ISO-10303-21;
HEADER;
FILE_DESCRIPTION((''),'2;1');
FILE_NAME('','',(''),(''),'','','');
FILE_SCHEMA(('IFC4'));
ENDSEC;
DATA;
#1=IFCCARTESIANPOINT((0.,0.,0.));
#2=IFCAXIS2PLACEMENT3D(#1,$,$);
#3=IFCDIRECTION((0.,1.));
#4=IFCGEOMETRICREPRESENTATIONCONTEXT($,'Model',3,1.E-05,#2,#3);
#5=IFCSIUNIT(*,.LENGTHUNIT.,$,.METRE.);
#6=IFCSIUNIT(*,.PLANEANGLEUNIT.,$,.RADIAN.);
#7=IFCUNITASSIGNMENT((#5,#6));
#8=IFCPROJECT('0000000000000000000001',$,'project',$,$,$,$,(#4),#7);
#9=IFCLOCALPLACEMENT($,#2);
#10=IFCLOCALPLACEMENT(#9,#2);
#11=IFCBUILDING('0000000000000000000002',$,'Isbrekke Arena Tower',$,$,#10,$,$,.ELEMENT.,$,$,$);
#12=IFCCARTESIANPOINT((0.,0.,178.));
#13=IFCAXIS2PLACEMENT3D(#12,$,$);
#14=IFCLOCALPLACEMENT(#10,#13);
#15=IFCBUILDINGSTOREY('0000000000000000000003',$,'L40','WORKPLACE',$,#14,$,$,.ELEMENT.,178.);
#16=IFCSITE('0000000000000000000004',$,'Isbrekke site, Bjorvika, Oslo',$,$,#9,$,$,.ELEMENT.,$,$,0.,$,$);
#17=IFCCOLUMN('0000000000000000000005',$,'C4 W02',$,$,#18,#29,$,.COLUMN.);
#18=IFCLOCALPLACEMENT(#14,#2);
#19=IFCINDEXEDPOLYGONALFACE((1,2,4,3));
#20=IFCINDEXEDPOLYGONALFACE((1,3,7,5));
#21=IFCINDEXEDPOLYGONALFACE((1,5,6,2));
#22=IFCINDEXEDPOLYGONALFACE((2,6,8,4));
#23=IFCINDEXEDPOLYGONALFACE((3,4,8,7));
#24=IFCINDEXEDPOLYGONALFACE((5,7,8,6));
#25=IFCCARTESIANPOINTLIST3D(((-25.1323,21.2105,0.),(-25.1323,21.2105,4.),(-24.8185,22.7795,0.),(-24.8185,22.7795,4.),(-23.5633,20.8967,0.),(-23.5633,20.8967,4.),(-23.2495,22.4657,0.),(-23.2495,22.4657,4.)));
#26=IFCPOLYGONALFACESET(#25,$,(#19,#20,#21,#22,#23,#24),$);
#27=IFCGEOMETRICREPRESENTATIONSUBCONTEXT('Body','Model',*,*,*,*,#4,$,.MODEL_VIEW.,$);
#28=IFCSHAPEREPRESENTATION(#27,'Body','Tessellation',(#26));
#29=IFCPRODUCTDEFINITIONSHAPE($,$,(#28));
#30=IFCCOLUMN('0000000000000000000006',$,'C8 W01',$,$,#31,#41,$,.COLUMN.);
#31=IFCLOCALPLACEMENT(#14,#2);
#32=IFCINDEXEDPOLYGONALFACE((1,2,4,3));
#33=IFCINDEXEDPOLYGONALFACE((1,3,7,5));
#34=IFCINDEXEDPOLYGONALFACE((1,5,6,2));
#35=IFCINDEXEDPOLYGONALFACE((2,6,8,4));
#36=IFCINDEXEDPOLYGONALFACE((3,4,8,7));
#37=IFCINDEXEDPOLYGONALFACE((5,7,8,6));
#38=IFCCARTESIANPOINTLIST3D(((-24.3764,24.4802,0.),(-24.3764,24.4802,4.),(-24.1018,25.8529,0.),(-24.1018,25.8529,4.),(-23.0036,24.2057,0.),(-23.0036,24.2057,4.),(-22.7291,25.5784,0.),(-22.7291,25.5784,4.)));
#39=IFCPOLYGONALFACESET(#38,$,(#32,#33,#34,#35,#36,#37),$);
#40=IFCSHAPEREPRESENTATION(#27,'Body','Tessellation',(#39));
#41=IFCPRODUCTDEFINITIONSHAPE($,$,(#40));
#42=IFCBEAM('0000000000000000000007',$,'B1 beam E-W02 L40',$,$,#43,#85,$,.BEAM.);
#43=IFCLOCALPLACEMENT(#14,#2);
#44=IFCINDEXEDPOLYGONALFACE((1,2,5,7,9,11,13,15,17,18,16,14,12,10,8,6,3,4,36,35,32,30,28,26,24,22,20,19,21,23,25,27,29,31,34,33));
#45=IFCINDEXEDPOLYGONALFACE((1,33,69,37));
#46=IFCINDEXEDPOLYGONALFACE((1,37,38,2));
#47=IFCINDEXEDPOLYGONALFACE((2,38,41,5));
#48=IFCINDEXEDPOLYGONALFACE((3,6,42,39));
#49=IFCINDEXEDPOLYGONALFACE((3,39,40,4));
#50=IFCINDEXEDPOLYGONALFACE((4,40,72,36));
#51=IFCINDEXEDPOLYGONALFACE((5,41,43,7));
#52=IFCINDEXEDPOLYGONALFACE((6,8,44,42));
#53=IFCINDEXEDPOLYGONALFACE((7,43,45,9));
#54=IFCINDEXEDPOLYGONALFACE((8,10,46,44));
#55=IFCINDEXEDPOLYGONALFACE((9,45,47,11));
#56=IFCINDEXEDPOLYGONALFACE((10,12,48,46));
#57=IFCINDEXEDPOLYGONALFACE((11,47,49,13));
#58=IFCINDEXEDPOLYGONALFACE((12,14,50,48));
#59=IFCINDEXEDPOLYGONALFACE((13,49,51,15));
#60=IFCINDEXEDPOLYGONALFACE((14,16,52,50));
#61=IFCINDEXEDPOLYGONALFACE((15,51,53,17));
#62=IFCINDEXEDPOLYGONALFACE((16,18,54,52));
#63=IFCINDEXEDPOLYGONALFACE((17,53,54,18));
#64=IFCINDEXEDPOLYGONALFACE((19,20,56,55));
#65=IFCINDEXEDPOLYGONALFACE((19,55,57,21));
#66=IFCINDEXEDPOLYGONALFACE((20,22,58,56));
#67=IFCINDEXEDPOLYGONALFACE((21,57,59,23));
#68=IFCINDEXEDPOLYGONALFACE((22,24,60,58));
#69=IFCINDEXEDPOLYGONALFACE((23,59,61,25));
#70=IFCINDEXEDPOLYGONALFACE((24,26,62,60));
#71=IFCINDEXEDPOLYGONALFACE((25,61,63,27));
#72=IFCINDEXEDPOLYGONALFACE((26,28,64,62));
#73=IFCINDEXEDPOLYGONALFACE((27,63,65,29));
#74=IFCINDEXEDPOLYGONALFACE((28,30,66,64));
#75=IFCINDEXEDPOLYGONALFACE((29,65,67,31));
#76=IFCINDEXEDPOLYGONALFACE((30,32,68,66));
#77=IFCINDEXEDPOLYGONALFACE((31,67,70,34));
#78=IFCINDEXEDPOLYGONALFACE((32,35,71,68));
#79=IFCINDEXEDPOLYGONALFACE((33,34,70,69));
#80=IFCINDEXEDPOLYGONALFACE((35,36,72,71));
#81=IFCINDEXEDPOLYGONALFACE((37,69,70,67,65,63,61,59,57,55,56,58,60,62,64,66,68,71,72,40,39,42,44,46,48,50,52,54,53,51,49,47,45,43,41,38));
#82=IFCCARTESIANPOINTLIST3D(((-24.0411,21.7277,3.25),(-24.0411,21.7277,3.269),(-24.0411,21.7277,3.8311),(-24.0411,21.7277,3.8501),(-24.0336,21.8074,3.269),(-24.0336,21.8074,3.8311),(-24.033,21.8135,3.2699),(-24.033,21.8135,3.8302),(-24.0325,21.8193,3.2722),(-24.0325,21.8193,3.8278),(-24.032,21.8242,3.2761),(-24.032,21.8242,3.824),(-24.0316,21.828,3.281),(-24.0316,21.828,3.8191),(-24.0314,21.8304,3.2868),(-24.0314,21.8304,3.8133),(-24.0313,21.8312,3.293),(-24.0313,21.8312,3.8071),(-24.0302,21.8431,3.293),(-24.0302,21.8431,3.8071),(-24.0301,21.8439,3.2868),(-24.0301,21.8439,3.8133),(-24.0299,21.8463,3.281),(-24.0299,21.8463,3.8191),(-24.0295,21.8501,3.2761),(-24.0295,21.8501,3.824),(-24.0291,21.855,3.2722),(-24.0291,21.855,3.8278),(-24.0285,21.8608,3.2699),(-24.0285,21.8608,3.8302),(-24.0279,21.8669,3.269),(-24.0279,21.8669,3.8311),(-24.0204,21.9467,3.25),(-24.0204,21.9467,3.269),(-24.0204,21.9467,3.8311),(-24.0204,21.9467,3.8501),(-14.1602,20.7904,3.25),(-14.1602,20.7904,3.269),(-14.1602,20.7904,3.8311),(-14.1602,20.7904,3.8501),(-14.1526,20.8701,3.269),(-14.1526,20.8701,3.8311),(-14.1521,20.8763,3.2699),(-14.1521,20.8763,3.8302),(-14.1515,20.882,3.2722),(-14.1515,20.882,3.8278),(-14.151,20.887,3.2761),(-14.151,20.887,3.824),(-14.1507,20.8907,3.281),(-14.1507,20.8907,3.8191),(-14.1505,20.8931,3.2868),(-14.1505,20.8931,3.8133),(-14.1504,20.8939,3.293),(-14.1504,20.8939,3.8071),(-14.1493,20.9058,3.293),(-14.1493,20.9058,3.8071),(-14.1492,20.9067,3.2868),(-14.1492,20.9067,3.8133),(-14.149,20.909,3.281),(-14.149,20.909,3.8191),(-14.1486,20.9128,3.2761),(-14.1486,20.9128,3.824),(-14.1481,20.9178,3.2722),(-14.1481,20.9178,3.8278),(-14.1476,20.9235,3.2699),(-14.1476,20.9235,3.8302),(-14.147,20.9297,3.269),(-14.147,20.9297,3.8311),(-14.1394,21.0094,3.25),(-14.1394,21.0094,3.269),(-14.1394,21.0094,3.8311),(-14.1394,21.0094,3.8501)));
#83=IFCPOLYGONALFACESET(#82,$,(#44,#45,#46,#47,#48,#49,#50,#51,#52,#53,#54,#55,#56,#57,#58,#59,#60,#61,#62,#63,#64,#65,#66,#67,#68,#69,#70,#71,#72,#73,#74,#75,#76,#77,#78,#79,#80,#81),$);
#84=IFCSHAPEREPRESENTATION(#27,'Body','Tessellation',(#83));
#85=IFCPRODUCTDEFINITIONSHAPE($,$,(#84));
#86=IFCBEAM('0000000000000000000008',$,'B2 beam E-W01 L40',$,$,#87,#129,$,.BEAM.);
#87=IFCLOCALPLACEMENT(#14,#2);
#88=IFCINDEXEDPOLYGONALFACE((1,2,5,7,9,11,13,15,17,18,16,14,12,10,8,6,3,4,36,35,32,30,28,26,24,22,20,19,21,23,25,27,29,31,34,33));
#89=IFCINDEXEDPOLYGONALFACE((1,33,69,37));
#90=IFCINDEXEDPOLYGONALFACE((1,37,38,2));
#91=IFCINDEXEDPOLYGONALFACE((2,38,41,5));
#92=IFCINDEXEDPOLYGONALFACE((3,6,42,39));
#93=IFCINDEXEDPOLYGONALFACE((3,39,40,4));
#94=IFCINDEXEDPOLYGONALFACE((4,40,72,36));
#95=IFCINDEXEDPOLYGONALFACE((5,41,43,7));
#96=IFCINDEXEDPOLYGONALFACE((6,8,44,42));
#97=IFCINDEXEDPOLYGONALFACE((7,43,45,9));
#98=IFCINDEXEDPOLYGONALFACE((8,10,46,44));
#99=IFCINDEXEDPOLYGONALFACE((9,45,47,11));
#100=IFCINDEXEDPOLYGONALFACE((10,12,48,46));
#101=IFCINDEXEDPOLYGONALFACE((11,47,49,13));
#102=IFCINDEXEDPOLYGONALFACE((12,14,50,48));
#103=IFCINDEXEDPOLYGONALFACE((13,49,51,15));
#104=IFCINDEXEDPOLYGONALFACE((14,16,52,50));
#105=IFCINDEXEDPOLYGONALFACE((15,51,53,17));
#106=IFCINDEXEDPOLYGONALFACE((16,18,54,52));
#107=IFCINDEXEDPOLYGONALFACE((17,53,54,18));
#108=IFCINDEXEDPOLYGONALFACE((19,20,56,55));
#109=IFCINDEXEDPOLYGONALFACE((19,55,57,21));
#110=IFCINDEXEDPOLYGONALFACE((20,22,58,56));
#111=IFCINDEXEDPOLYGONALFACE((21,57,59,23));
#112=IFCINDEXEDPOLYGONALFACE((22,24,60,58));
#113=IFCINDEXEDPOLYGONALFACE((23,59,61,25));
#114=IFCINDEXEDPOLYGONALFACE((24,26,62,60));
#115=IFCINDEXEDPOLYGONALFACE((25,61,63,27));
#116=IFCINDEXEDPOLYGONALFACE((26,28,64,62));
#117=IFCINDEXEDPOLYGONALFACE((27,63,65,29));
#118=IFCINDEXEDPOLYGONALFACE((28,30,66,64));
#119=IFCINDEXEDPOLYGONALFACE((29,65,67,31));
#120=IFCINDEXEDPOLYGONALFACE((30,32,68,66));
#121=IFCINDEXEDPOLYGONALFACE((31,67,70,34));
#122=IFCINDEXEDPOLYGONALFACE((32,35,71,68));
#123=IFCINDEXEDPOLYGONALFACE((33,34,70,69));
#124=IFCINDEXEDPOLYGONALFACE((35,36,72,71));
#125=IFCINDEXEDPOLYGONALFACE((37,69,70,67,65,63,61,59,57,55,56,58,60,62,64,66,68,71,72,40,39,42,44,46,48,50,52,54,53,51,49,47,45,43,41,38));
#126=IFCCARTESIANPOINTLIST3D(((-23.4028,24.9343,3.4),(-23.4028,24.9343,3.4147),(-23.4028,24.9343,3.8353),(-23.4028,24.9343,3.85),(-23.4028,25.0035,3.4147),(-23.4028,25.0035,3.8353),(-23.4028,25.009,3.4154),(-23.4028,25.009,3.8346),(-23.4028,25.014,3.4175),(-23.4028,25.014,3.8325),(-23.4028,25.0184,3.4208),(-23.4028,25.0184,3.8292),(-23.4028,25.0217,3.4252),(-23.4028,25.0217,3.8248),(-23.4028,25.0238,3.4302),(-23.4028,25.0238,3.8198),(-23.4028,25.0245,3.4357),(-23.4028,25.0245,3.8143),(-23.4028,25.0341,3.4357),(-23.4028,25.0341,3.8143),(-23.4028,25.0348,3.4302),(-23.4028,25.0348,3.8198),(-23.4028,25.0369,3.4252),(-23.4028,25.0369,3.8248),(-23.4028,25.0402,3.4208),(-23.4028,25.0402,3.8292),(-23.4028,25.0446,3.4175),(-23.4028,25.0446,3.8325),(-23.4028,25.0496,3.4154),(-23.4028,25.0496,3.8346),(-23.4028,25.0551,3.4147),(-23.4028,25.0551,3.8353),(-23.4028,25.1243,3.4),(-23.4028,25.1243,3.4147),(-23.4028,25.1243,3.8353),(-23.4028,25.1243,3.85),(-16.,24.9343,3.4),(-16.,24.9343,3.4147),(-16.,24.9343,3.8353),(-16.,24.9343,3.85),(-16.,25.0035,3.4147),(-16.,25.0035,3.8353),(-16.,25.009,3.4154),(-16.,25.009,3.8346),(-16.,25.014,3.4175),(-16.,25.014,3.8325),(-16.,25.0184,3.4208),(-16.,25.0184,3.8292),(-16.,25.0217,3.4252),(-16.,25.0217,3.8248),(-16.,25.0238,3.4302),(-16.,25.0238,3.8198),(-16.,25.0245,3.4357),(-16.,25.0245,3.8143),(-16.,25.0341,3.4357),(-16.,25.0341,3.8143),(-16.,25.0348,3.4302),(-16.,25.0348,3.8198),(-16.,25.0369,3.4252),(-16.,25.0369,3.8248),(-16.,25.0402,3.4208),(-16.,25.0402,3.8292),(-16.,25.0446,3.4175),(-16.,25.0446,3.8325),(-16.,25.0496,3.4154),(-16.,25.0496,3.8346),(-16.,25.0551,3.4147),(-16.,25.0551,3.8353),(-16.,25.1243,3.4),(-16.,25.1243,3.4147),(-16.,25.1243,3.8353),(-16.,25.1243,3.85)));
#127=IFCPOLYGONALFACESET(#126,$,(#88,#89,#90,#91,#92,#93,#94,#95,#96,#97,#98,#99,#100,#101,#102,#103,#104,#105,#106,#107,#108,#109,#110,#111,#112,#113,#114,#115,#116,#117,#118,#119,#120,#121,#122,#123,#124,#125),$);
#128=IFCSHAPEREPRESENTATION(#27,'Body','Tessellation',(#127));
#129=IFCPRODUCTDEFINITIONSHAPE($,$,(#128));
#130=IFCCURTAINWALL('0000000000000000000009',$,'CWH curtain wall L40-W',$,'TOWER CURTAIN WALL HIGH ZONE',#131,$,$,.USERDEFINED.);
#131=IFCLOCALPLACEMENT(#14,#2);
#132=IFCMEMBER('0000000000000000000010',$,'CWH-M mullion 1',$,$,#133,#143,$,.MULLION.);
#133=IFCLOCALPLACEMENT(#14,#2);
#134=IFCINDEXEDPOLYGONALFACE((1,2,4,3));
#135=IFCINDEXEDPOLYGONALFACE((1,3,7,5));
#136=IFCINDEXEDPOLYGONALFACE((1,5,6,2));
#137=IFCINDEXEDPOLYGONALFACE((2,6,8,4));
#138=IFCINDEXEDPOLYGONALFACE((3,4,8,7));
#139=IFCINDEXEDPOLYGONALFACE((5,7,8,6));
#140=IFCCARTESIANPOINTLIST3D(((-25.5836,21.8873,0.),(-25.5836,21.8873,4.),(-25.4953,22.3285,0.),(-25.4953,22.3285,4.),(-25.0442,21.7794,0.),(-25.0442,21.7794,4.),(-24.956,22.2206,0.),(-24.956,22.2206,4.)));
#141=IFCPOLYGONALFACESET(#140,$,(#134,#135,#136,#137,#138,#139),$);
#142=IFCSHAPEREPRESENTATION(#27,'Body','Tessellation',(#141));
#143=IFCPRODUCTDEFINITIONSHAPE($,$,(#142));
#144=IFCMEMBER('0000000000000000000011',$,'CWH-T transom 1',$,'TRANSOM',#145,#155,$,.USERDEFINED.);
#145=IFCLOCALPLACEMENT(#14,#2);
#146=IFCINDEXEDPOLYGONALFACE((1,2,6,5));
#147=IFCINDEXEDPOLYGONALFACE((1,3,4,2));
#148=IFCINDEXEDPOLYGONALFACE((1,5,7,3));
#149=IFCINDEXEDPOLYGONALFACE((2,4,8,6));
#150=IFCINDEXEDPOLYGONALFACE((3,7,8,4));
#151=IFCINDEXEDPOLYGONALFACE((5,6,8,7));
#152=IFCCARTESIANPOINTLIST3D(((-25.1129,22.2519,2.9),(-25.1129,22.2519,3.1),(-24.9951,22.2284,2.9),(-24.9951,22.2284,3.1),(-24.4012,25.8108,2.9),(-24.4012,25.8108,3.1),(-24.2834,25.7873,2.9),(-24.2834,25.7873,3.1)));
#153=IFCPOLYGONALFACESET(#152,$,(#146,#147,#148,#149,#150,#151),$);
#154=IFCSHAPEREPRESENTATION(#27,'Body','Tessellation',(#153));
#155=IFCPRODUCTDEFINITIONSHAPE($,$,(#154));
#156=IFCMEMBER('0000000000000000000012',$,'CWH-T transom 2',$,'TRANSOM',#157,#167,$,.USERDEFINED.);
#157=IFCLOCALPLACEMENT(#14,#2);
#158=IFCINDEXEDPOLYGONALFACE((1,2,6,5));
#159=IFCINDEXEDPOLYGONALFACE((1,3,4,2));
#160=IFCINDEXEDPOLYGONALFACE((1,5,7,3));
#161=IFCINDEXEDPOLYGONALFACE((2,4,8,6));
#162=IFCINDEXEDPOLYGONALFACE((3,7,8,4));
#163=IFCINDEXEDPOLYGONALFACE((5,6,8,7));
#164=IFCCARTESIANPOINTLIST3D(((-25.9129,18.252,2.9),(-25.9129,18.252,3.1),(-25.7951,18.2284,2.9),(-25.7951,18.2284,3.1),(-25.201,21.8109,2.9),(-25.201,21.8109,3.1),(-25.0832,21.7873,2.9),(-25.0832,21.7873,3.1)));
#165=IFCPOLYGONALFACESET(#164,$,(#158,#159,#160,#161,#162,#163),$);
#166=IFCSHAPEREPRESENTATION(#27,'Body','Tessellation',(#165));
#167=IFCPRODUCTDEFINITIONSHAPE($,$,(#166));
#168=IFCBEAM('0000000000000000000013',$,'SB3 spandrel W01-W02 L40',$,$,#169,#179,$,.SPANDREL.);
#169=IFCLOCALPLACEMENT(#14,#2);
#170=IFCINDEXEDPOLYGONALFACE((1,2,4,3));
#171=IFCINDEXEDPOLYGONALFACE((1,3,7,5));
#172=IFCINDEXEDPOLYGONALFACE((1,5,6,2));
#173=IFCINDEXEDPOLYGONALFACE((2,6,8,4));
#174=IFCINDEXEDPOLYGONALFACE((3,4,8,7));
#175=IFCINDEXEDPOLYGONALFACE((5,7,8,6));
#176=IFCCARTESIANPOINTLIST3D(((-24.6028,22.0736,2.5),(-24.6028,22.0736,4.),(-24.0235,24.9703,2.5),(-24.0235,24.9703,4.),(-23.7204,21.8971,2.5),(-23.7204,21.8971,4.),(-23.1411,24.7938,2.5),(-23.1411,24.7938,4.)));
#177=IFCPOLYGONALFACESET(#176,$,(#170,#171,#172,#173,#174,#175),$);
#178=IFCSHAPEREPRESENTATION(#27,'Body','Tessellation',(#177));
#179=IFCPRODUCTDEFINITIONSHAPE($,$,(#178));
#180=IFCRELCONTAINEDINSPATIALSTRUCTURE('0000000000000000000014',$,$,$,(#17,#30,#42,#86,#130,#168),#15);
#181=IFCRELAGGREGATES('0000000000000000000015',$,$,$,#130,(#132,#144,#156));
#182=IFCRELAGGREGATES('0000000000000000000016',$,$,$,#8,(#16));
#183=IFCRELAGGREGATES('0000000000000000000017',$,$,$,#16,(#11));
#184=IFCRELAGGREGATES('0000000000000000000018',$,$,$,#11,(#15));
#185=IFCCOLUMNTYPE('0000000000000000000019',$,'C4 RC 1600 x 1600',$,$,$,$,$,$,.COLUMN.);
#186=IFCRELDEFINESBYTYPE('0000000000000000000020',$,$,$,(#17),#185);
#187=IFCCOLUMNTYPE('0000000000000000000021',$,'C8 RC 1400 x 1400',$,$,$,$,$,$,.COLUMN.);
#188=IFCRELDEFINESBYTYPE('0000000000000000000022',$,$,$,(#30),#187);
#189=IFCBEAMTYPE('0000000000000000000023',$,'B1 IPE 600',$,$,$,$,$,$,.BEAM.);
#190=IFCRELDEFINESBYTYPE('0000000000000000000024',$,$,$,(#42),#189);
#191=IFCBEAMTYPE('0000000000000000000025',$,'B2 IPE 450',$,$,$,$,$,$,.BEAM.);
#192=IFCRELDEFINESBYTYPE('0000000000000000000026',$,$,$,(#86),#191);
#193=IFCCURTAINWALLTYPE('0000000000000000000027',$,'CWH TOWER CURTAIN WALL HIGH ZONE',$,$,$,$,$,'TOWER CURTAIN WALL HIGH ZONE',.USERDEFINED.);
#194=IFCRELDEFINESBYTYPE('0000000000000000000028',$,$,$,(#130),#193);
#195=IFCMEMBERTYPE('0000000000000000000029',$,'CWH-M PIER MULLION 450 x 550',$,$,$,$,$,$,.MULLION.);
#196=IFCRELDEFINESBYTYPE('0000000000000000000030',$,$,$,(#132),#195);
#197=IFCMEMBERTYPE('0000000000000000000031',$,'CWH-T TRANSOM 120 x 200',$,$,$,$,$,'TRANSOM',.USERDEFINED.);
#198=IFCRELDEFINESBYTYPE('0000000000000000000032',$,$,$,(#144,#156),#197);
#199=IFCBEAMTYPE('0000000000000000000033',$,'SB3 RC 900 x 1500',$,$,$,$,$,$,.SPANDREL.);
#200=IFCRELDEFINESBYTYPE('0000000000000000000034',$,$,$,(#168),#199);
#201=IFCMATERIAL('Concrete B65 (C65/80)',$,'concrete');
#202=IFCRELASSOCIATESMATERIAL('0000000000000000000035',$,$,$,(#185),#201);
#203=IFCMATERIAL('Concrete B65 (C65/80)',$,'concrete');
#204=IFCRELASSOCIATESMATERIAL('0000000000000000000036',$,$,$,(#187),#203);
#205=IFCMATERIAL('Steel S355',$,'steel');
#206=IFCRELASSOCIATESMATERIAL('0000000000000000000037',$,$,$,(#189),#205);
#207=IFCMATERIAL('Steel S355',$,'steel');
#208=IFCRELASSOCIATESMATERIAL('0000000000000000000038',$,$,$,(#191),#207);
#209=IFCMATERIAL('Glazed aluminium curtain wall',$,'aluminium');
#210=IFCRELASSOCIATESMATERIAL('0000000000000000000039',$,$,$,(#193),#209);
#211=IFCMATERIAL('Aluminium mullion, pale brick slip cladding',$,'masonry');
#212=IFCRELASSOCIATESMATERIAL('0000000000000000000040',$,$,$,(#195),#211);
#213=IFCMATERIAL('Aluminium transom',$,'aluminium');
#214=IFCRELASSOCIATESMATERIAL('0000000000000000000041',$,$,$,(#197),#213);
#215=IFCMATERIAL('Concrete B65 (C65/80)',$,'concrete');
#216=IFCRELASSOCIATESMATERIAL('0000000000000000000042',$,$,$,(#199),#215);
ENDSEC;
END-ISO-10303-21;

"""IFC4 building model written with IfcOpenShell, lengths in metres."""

from ifc_helpers import new_model, si_unit, direction, frame, origin, origin_2d, place, context, subcontext, project, spatial, rectangle, i_section, extrude, material, material_profile, profile_set, type_object, element, aggregate, save


model = new_model("IFC4")

# Units and contexts
model_context = context("Model", 3, precision=1e-05, world=origin(), true_north=direction((0.0, 1.0)))
body_context = subcontext(model_context, "Body", "Model", "MODEL_VIEW")
ifc_project = project(units=[si_unit("LENGTHUNIT", "METRE"), si_unit("PLANEANGLEUNIT", "RADIAN")], contexts=[model_context])

# Site, building, storey
site_placement = place(None, origin())
site = spatial("IfcSite", under=ifc_project, at=site_placement, Name="Isbrekke site, Bjorvika, Oslo", CompositionType="ELEMENT", RefElevation=0.0)
building_placement = place(site_placement, origin())
building = spatial("IfcBuilding", under=site, at=building_placement, Name="Isbrekke Arena Tower", CompositionType="ELEMENT")
storey_placement = place(building_placement, frame((0.0, 0.0, 178.0)))
storey = spatial("IfcBuildingStorey", under=building, at=storey_placement, Name="L40", Description="WORKPLACE", CompositionType="ELEMENT", Elevation=178.0)

# Columns
ifc_material_1 = material(Name="Concrete B65 (C65/80)", Category="concrete")
ifc_material_profile_1 = material_profile(ifc_material_1, rectangle(XDim=1.6001, YDim=1.6001, at=origin_2d()), Name="RC 1600x1600")
ifc_profile_set_1 = profile_set([ifc_material_profile_1], Name="Concrete B65 (C65/80)")
column_type_1 = type_object("IfcColumnType", Name="C4 RC 1600 x 1600", PredefinedType="COLUMN", material=ifc_profile_set_1)
column_1_placement = place(storey_placement, frame((-24.1909, 21.8381, 0.0), z_axis=(0.0, 0.0, 1.0), x_axis=(-0.196116, -0.980581, 0.0)))
element("IfcColumn", 1, at=column_1_placement, inside=storey, type_object=column_type_1, Name="C4 W02", PredefinedType="COLUMN", context=body_context, shape_type="SweptSolid", body=[
    extrude(rectangle(XDim=1.6001, YDim=1.6001, at=origin_2d()), origin(), (0.0, 0.0, 1.0), 4.0),
])
ifc_material_2 = material(Name="Concrete B65 (C65/80)", Category="concrete")
ifc_material_profile_2 = material_profile(ifc_material_2, rectangle(XDim=1.3999, YDim=1.3999, at=origin_2d()), Name="RC 1400x1400")
ifc_profile_set_2 = profile_set([ifc_material_profile_2], Name="Concrete B65 (C65/80)")
column_type_2 = type_object("IfcColumnType", Name="C8 RC 1400 x 1400", PredefinedType="COLUMN", material=ifc_profile_set_2)
column_2_placement = place(storey_placement, frame((-23.5527, 25.0293, 0.0), z_axis=(0.0, 0.0, 1.0), x_axis=(-0.196116, -0.980581, 0.0)))
element("IfcColumn", 2, at=column_2_placement, inside=storey, type_object=column_type_2, Name="C8 W01", PredefinedType="COLUMN", context=body_context, shape_type="SweptSolid", body=[
    extrude(rectangle(XDim=1.3999, YDim=1.3999, at=origin_2d()), origin(), (0.0, 0.0, 1.0), 4.0),
])

# Beams
ifc_material_3 = material(Name="Steel S355", Category="steel")
ifc_material_profile_3 = material_profile(ifc_material_3, i_section(OverallWidth=0.22, OverallDepth=0.6001, WebThickness=0.012, FlangeThickness=0.019, FilletRadius=0.0239, at=origin_2d()), Name="IPE 600")
ifc_profile_set_3 = profile_set([ifc_material_profile_3], Name="Steel S355")
beam_type_1 = type_object("IfcBeamType", Name="B1 IPE 600", PredefinedType="BEAM", material=ifc_profile_set_3)
beam_1_placement = place(storey_placement, frame((-24.0308, 21.8372, 3.55), z_axis=(0.995531, -0.094432, 0.0), x_axis=(0.094432, 0.995531, 0.0)))
element("IfcBeam", 3, at=beam_1_placement, inside=storey, type_object=beam_type_1, Name="B1 beam E-W02 L40", PredefinedType="BEAM", context=body_context, shape_type="SweptSolid", body=[
    extrude(i_section(OverallWidth=0.22, OverallDepth=0.6001, WebThickness=0.012, FlangeThickness=0.019, FilletRadius=0.0239, at=origin_2d()), origin(), (0.0, 0.0, 1.0), 9.9253),
])
ifc_material_4 = material(Name="Steel S355", Category="steel")
ifc_material_profile_4 = material_profile(ifc_material_4, i_section(OverallWidth=0.1899, OverallDepth=0.45, WebThickness=0.0095, FlangeThickness=0.0146, FilletRadius=0.021, at=origin_2d()), Name="IPE 450")
ifc_profile_set_4 = profile_set([ifc_material_profile_4], Name="Steel S355")
beam_type_2 = type_object("IfcBeamType", Name="B2 IPE 450", PredefinedType="BEAM", material=ifc_profile_set_4)
beam_2_placement = place(storey_placement, frame((-23.4028, 25.0293, 3.625), z_axis=(1.0, 0.0, 0.0), x_axis=(0.0, 1.0, 0.0)))
element("IfcBeam", 4, at=beam_2_placement, inside=storey, type_object=beam_type_2, Name="B2 beam E-W01 L40", PredefinedType="BEAM", context=body_context, shape_type="SweptSolid", body=[
    extrude(i_section(OverallWidth=0.1899, OverallDepth=0.45, WebThickness=0.0095, FlangeThickness=0.0146, FilletRadius=0.021, at=origin_2d()), origin(), (0.0, 0.0, 1.0), 7.4028),
])

# Curtain wall, members
ifc_material_5 = material(Name="Glazed aluminium curtain wall", Category="aluminium")
curtain_wall_type = type_object("IfcCurtainWallType", Name="CWH TOWER CURTAIN WALL HIGH ZONE", ElementType="TOWER CURTAIN WALL HIGH ZONE", PredefinedType="USERDEFINED", material=ifc_material_5)
curtain_wall_placement = place(storey_placement, origin())
curtain_wall = element("IfcCurtainWall", 5, at=curtain_wall_placement, inside=storey, type_object=curtain_wall_type, Name="CWH curtain wall L40-W", ObjectType="TOWER CURTAIN WALL HIGH ZONE", PredefinedType="USERDEFINED")
ifc_material_6 = material(Name="Aluminium mullion, pale brick slip cladding", Category="masonry")
ifc_material_profile_5 = material_profile(ifc_material_6, rectangle(XDim=0.45, YDim=0.55, at=origin_2d()), Name="PIER 450X550")
ifc_profile_set_5 = profile_set([ifc_material_profile_5], Name="Aluminium mullion, pale brick slip cladding")
member_type_1 = type_object("IfcMemberType", Name="CWH-M PIER MULLION 450 x 550", PredefinedType="MULLION", material=ifc_profile_set_5)
member_1_placement = place(storey_placement, frame((-25.2698, 22.054, 0.0), z_axis=(0.0, 0.0, 1.0), x_axis=(-0.196116, -0.980581, 0.0)))
member_1 = element("IfcMember", 6, at=member_1_placement, type_object=member_type_1, Name="CWH-M mullion 1", PredefinedType="MULLION", context=body_context, shape_type="SweptSolid", body=[
    extrude(rectangle(XDim=0.45, YDim=0.55, at=origin_2d()), origin(), (0.0, 0.0, 1.0), 4.0),
])
ifc_material_7 = material(Name="Aluminium transom", Category="aluminium")
ifc_material_profile_6 = material_profile(ifc_material_7, rectangle(XDim=0.1201, YDim=0.2, at=origin_2d()), Name="TRANSOM 120X200")
ifc_profile_set_6 = profile_set([ifc_material_profile_6], Name="Aluminium transom")
member_type_2 = type_object("IfcMemberType", Name="CWH-T TRANSOM 120 x 200", ElementType="TRANSOM", PredefinedType="USERDEFINED", material=ifc_profile_set_6)
member_2_placement = place(storey_placement, frame((-24.3423, 25.7991, 3.0), z_axis=(-0.19609, -0.980586, 0.0), x_axis=(0.980586, -0.19609, 0.0)))
member_2 = element("IfcMember", 7, at=member_2_placement, type_object=member_type_2, Name="CWH-T transom 1", ObjectType="TRANSOM", PredefinedType="USERDEFINED", context=body_context, shape_type="SweptSolid", body=[
    extrude(rectangle(XDim=0.1201, YDim=0.2, at=origin_2d()), origin(), (0.0, 0.0, 1.0), 3.6294),
])
member_3_placement = place(storey_placement, frame((-25.1421, 21.7991, 3.0), z_axis=(-0.196155, -0.980573, 0.0), x_axis=(0.980573, -0.196155, 0.0)))
member_3 = element("IfcMember", 8, at=member_3_placement, type_object=member_type_2, Name="CWH-T transom 2", ObjectType="TRANSOM", PredefinedType="USERDEFINED", context=body_context, shape_type="SweptSolid", body=[
    extrude(rectangle(XDim=0.1201, YDim=0.2, at=origin_2d()), origin(), (0.0, 0.0, 1.0), 3.6294),
])

# Beam
ifc_material_8 = material(Name="Concrete B65 (C65/80)", Category="concrete")
ifc_material_profile_7 = material_profile(ifc_material_8, rectangle(XDim=0.8999, YDim=1.5, at=origin_2d()), Name="RC 900x1500")
ifc_profile_set_7 = profile_set([ifc_material_profile_7], Name="Concrete B65 (C65/80)")
beam_type_3 = type_object("IfcBeamType", Name="SB3 RC 900 x 1500", PredefinedType="SPANDREL", material=ifc_profile_set_7)
beam_3_placement = place(storey_placement, frame((-23.5823, 24.8821, 3.25), z_axis=(-0.196116, -0.980581, 0.0), x_axis=(0.980581, -0.196116, 0.0)))
element("IfcBeam", 9, at=beam_3_placement, inside=storey, type_object=beam_type_3, Name="SB3 spandrel W01-W02 L40", PredefinedType="SPANDREL", context=body_context, shape_type="SweptSolid", body=[
    extrude(rectangle(XDim=0.8999, YDim=1.5, at=origin_2d()), origin(), (0.0, 0.0, 1.0), 2.9541),
])

aggregate(curtain_wall, [member_1, member_2, member_3])

save(model, "model.ifc")
